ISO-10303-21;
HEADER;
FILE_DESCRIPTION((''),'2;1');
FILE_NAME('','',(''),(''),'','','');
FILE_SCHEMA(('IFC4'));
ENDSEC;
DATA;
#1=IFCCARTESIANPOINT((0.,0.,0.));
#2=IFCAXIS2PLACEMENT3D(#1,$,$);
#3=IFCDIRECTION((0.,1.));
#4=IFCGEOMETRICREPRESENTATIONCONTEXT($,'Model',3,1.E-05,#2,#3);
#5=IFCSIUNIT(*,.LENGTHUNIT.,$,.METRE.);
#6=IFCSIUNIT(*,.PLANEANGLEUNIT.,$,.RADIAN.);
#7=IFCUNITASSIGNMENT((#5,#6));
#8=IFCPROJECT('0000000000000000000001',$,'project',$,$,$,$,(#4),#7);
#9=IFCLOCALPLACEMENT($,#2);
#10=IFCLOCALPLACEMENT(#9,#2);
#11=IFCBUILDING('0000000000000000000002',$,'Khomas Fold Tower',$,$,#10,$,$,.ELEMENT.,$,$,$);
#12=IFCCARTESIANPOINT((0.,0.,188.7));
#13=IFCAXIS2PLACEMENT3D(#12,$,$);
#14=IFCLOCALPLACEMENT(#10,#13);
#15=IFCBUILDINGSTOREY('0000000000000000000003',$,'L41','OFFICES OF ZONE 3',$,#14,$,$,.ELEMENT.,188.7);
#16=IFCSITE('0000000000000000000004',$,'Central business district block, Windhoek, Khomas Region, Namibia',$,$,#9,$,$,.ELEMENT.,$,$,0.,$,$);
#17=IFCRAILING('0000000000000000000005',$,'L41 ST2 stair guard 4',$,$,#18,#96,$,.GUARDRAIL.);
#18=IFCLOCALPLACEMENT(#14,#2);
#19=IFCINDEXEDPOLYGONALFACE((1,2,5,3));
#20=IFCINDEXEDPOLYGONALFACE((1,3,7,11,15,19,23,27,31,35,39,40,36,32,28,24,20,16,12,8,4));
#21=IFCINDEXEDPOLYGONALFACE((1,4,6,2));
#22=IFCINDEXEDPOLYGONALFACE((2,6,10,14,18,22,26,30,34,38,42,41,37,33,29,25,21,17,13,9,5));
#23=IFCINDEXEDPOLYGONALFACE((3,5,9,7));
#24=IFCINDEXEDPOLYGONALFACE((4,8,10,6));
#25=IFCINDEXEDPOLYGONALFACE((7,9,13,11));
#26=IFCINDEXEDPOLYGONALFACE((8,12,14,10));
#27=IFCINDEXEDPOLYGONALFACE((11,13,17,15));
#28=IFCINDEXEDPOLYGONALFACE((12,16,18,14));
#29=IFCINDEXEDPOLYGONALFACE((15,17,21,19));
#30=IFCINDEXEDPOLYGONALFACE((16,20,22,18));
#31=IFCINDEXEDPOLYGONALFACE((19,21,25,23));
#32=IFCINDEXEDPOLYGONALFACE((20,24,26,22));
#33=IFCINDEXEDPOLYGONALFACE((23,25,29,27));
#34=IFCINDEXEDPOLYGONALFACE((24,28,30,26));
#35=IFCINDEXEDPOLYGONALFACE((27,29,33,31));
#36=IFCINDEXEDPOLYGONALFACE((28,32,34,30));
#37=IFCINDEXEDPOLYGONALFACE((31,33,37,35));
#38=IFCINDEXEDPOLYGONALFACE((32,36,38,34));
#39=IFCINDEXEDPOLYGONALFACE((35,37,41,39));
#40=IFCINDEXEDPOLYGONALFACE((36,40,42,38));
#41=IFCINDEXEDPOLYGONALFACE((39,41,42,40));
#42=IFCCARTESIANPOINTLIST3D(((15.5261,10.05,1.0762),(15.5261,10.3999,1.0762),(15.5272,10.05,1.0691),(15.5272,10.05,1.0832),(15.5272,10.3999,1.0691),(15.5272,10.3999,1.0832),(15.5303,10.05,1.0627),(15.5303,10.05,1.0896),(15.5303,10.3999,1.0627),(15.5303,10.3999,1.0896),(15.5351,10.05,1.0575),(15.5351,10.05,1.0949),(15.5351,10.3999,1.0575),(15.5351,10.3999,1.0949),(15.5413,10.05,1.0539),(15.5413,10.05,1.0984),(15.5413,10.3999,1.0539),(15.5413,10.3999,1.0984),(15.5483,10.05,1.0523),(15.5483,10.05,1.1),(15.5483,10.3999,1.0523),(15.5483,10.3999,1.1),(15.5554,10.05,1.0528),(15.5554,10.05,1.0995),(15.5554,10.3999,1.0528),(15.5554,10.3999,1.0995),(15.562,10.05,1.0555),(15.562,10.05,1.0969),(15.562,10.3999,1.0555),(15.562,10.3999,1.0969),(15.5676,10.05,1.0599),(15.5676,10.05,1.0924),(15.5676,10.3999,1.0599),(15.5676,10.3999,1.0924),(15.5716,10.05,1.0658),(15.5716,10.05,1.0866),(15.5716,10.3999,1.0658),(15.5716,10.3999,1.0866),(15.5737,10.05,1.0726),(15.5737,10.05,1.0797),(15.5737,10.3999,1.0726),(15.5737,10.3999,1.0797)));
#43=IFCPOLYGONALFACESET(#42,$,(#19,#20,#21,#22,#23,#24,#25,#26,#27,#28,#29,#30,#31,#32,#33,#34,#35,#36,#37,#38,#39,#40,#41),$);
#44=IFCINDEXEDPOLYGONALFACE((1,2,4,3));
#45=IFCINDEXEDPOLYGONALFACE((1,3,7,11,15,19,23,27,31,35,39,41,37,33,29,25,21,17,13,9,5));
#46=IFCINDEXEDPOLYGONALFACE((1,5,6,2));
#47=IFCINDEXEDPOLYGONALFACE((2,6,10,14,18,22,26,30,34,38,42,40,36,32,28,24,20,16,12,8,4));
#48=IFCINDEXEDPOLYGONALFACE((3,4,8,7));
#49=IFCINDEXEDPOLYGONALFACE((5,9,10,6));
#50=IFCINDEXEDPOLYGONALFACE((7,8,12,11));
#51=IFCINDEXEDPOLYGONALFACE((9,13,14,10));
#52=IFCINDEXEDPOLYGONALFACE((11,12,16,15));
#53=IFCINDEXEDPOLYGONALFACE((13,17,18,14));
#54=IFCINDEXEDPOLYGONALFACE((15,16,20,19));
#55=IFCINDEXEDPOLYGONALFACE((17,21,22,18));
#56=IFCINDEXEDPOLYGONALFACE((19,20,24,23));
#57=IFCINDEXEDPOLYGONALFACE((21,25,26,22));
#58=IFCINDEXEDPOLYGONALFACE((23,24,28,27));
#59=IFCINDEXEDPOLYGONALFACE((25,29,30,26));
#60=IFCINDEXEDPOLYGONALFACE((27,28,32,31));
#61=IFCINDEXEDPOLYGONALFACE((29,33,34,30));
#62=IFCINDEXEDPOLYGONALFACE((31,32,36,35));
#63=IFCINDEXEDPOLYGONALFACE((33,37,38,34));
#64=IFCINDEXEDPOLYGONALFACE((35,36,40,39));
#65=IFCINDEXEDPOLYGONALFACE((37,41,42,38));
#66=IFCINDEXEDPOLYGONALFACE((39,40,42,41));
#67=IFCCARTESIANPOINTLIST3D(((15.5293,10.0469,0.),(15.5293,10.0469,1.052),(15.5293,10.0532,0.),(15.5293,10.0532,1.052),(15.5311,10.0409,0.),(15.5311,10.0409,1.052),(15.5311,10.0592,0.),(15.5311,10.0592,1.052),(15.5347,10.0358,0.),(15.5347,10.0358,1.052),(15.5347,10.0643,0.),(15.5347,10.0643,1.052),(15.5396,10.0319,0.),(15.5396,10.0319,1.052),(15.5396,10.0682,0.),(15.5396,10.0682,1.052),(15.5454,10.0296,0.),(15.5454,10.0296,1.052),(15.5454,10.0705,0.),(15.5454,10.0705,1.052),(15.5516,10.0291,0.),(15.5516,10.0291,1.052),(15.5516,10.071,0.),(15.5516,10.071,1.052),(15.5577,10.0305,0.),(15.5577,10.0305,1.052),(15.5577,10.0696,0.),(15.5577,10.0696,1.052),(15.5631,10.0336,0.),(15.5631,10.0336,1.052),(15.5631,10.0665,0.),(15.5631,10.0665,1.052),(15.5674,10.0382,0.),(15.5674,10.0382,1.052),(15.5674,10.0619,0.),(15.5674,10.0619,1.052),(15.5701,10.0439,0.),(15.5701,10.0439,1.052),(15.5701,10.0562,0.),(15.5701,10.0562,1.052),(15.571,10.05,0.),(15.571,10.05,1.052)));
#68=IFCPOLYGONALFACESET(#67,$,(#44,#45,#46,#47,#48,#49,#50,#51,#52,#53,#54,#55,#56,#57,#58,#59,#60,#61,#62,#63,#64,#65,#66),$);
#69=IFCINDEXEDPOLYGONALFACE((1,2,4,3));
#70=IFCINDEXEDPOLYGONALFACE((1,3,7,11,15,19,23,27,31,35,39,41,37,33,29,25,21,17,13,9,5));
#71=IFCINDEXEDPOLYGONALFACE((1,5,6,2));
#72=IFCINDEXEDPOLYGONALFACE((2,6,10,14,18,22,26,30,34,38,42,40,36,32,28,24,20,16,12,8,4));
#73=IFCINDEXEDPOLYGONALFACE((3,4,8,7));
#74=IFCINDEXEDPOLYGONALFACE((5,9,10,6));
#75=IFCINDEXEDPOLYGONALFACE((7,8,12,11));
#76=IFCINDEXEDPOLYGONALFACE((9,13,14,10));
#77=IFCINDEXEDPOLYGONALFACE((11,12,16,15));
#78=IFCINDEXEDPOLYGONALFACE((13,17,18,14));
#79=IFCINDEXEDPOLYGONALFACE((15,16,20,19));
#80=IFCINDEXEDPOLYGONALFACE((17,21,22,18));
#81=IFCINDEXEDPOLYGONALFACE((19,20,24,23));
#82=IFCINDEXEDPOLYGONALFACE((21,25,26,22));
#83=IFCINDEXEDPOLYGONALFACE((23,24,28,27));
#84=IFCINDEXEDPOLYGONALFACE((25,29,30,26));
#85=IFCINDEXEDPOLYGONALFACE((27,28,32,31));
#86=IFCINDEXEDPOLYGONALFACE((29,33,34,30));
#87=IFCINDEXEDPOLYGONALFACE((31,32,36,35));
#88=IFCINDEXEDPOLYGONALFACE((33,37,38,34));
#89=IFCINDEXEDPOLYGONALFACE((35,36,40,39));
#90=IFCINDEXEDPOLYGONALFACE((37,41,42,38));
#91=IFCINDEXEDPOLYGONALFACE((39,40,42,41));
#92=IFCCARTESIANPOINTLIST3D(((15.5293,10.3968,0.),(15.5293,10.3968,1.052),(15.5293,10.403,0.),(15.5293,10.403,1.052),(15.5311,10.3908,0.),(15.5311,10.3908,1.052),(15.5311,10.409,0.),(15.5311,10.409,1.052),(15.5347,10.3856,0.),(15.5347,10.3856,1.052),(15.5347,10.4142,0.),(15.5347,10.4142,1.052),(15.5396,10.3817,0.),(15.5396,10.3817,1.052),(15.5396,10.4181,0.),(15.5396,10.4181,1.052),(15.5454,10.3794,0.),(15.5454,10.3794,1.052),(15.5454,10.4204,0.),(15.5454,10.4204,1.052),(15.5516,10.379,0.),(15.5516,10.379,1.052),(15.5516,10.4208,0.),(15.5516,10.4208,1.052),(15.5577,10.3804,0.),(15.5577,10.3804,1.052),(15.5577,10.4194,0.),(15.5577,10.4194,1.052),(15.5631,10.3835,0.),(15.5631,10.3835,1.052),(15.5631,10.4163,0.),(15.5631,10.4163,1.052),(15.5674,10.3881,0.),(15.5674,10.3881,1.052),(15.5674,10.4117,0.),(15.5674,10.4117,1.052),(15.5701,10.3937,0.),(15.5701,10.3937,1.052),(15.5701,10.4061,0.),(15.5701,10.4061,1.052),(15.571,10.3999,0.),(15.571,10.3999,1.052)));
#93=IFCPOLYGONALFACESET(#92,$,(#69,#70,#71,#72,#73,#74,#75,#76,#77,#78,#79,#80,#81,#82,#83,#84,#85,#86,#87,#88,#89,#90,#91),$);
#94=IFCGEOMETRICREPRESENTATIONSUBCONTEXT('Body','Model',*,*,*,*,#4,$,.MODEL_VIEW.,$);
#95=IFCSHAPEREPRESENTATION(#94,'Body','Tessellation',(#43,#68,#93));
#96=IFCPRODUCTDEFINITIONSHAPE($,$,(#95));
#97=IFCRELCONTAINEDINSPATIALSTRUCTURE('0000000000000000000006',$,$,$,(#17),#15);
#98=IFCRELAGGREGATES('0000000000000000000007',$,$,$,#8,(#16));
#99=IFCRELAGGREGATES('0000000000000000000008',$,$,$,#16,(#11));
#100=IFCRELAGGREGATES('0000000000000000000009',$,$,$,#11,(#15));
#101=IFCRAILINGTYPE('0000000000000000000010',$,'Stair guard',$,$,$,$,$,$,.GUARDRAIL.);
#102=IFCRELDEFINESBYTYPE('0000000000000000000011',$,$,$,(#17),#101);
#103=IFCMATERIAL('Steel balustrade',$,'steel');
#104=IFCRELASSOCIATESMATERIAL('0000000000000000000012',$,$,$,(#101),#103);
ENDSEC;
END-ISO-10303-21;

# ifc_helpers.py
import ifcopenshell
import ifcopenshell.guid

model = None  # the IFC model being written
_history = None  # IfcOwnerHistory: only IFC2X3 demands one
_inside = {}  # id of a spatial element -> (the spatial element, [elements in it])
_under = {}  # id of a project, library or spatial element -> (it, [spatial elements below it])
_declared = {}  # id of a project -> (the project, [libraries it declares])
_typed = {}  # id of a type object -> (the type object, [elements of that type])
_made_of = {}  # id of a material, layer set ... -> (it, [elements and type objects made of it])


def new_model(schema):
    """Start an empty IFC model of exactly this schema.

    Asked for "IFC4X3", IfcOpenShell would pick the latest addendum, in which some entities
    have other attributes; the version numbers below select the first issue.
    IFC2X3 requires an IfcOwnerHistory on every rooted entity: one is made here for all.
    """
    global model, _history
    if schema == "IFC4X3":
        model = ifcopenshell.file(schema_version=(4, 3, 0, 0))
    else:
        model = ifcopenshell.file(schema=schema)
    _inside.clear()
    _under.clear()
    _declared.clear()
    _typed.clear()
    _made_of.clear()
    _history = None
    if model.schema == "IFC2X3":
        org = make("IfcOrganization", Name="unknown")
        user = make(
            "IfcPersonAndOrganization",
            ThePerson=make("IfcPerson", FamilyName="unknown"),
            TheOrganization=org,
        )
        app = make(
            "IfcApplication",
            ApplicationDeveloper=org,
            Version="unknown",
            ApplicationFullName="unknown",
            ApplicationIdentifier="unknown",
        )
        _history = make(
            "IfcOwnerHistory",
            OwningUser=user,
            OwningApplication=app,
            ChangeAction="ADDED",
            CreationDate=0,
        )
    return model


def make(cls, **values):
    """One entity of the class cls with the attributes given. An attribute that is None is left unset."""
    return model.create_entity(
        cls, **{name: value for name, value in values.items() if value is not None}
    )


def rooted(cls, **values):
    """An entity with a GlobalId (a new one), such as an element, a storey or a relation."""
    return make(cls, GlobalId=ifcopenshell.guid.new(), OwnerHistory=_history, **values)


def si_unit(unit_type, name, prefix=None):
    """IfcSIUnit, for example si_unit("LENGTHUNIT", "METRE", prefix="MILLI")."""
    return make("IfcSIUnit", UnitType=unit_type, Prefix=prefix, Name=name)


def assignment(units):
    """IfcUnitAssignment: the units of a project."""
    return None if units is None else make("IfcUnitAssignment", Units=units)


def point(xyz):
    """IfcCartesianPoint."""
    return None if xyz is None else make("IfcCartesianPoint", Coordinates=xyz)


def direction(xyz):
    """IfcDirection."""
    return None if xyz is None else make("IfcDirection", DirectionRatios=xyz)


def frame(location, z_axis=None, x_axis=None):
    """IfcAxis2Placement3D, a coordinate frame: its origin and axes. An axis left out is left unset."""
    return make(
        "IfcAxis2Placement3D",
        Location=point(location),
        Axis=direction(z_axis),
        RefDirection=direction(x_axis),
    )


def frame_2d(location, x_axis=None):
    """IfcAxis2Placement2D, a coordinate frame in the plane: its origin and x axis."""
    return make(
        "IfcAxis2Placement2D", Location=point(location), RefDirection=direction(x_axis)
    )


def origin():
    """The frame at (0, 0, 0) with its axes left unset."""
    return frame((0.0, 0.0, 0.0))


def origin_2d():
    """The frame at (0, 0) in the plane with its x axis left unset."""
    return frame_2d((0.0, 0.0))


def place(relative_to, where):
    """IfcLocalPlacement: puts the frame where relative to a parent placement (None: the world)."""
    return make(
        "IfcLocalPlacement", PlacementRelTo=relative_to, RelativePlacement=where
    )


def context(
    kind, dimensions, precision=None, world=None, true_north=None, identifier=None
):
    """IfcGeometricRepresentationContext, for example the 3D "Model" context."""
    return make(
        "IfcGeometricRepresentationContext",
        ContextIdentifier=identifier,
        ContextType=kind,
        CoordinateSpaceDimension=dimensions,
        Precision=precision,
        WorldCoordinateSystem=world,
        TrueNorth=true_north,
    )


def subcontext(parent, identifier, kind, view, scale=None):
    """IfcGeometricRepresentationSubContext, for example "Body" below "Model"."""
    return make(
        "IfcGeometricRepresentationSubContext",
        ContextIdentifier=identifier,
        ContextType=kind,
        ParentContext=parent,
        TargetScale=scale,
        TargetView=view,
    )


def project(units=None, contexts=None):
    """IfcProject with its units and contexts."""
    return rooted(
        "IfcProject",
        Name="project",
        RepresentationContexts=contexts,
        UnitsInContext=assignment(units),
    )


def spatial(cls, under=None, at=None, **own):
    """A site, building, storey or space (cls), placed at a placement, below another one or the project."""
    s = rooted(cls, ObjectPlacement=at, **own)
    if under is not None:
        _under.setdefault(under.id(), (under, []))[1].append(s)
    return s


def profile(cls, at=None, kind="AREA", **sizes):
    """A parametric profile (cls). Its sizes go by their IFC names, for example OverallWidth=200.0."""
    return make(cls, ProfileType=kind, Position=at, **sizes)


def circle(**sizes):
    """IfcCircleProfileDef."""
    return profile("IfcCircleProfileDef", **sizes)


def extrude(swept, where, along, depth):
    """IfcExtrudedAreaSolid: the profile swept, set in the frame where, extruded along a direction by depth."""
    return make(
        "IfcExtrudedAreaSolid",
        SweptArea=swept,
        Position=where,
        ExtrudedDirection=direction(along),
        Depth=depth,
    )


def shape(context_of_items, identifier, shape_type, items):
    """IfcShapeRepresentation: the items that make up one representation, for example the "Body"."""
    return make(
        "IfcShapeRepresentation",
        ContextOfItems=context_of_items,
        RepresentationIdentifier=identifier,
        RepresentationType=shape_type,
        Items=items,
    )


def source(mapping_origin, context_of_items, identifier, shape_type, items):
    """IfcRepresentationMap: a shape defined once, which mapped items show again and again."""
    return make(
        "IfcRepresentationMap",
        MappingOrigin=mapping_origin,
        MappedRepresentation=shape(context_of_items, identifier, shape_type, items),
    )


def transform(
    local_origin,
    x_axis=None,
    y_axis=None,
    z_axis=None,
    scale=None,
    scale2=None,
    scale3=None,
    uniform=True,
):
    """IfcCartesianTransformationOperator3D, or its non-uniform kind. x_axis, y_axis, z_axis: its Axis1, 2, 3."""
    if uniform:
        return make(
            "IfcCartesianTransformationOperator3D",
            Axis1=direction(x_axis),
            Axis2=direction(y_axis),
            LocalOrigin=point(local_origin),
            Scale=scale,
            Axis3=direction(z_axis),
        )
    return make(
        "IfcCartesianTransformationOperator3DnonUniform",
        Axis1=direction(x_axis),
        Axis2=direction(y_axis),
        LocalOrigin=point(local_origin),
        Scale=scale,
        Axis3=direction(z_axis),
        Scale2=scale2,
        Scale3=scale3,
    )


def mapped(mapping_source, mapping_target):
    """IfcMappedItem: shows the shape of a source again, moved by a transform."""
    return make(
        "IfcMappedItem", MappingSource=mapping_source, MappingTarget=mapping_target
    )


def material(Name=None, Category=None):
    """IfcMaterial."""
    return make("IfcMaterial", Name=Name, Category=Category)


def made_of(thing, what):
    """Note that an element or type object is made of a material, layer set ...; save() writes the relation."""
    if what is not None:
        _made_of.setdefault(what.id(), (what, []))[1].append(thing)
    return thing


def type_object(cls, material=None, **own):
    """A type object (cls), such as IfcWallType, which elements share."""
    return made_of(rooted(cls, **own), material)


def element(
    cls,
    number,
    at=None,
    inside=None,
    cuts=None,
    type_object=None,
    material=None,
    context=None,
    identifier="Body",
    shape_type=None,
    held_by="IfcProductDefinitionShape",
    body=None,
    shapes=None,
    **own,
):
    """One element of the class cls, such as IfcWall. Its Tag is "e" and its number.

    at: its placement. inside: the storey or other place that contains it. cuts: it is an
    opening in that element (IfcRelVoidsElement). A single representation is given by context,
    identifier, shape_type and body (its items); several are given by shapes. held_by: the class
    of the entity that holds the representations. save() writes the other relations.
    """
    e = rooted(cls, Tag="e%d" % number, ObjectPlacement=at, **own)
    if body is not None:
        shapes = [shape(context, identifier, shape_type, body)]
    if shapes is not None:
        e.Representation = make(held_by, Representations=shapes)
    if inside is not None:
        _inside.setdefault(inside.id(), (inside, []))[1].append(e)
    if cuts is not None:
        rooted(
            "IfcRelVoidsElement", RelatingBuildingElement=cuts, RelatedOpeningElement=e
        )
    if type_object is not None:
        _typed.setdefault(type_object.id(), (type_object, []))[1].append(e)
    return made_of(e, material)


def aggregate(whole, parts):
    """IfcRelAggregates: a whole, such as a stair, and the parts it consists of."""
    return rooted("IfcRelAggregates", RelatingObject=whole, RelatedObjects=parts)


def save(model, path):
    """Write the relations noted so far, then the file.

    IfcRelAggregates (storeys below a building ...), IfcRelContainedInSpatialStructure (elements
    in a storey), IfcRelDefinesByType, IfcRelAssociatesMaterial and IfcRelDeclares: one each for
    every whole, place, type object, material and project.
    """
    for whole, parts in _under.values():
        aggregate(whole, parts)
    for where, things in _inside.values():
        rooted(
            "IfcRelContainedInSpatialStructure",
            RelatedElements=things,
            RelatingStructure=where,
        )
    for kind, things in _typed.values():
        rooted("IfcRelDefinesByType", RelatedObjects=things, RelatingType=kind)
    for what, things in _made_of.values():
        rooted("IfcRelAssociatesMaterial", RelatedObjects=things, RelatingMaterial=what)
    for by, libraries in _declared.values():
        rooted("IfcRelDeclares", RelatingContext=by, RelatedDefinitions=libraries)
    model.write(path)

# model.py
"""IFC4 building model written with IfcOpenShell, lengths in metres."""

from ifc_helpers import new_model, si_unit, direction, frame, origin, origin_2d, place, context, subcontext, project, spatial, circle, extrude, source, transform, mapped, material, type_object, element, save


model = new_model("IFC4")

# Units and contexts
model_context = context("Model", 3, precision=1e-05, world=origin(), true_north=direction((0.0, 1.0)))
body_context = subcontext(model_context, "Body", "Model", "MODEL_VIEW")
ifc_project = project(units=[si_unit("LENGTHUNIT", "METRE"), si_unit("PLANEANGLEUNIT", "RADIAN")], contexts=[model_context])

# Site, building, storey
site_placement = place(None, origin())
site = spatial("IfcSite", under=ifc_project, at=site_placement, Name="Central business district block, Windhoek, Khomas Region, Namibia", CompositionType="ELEMENT", RefElevation=0.0)
building_placement = place(site_placement, origin())
building = spatial("IfcBuilding", under=site, at=building_placement, Name="Khomas Fold Tower", CompositionType="ELEMENT")
storey_placement = place(building_placement, frame((0.0, 0.0, 188.7)))
storey = spatial("IfcBuildingStorey", under=building, at=storey_placement, Name="L41", Description="OFFICES OF ZONE 3", CompositionType="ELEMENT", Elevation=188.7)

# Railing
ifc_material_1 = material(Name="Steel balustrade", Category="steel")
railing_type_1 = type_object("IfcRailingType", Name="Stair guard", PredefinedType="GUARDRAIL", material=ifc_material_1)
shared_shape_1 = source(origin(), body_context, "Body", "SweptSolid", [
    extrude(circle(Radius=0.0239, at=origin_2d()), frame((0.0, 0.0, 1.0762), z_axis=(0.0, 1.0, 0.0), x_axis=(-1.0, 0.0, 0.0)), (0.0, 0.0, 1.0), 0.3499),
    extrude(circle(Radius=0.021, at=origin_2d()), origin(), (0.0, 0.0, 1.0), 1.052),
    extrude(circle(Radius=0.021, at=origin_2d()), frame((0.0, 0.3499, 0.0)), (0.0, 0.0, 1.0), 1.052),
])
for number, where, name in (
    (1, (15.55, 10.05, 0.0), "L41 ST2 stair guard 4"),
):
    element("IfcRailing", number, at=place(storey_placement, frame(where)), inside=storey, type_object=railing_type_1, Name=name, PredefinedType="GUARDRAIL", context=body_context, shape_type="MappedRepresentation", body=[
        mapped(shared_shape_1, transform((0.0, 0.0, 0.0))),
    ])

save(model, "model.ifc")
